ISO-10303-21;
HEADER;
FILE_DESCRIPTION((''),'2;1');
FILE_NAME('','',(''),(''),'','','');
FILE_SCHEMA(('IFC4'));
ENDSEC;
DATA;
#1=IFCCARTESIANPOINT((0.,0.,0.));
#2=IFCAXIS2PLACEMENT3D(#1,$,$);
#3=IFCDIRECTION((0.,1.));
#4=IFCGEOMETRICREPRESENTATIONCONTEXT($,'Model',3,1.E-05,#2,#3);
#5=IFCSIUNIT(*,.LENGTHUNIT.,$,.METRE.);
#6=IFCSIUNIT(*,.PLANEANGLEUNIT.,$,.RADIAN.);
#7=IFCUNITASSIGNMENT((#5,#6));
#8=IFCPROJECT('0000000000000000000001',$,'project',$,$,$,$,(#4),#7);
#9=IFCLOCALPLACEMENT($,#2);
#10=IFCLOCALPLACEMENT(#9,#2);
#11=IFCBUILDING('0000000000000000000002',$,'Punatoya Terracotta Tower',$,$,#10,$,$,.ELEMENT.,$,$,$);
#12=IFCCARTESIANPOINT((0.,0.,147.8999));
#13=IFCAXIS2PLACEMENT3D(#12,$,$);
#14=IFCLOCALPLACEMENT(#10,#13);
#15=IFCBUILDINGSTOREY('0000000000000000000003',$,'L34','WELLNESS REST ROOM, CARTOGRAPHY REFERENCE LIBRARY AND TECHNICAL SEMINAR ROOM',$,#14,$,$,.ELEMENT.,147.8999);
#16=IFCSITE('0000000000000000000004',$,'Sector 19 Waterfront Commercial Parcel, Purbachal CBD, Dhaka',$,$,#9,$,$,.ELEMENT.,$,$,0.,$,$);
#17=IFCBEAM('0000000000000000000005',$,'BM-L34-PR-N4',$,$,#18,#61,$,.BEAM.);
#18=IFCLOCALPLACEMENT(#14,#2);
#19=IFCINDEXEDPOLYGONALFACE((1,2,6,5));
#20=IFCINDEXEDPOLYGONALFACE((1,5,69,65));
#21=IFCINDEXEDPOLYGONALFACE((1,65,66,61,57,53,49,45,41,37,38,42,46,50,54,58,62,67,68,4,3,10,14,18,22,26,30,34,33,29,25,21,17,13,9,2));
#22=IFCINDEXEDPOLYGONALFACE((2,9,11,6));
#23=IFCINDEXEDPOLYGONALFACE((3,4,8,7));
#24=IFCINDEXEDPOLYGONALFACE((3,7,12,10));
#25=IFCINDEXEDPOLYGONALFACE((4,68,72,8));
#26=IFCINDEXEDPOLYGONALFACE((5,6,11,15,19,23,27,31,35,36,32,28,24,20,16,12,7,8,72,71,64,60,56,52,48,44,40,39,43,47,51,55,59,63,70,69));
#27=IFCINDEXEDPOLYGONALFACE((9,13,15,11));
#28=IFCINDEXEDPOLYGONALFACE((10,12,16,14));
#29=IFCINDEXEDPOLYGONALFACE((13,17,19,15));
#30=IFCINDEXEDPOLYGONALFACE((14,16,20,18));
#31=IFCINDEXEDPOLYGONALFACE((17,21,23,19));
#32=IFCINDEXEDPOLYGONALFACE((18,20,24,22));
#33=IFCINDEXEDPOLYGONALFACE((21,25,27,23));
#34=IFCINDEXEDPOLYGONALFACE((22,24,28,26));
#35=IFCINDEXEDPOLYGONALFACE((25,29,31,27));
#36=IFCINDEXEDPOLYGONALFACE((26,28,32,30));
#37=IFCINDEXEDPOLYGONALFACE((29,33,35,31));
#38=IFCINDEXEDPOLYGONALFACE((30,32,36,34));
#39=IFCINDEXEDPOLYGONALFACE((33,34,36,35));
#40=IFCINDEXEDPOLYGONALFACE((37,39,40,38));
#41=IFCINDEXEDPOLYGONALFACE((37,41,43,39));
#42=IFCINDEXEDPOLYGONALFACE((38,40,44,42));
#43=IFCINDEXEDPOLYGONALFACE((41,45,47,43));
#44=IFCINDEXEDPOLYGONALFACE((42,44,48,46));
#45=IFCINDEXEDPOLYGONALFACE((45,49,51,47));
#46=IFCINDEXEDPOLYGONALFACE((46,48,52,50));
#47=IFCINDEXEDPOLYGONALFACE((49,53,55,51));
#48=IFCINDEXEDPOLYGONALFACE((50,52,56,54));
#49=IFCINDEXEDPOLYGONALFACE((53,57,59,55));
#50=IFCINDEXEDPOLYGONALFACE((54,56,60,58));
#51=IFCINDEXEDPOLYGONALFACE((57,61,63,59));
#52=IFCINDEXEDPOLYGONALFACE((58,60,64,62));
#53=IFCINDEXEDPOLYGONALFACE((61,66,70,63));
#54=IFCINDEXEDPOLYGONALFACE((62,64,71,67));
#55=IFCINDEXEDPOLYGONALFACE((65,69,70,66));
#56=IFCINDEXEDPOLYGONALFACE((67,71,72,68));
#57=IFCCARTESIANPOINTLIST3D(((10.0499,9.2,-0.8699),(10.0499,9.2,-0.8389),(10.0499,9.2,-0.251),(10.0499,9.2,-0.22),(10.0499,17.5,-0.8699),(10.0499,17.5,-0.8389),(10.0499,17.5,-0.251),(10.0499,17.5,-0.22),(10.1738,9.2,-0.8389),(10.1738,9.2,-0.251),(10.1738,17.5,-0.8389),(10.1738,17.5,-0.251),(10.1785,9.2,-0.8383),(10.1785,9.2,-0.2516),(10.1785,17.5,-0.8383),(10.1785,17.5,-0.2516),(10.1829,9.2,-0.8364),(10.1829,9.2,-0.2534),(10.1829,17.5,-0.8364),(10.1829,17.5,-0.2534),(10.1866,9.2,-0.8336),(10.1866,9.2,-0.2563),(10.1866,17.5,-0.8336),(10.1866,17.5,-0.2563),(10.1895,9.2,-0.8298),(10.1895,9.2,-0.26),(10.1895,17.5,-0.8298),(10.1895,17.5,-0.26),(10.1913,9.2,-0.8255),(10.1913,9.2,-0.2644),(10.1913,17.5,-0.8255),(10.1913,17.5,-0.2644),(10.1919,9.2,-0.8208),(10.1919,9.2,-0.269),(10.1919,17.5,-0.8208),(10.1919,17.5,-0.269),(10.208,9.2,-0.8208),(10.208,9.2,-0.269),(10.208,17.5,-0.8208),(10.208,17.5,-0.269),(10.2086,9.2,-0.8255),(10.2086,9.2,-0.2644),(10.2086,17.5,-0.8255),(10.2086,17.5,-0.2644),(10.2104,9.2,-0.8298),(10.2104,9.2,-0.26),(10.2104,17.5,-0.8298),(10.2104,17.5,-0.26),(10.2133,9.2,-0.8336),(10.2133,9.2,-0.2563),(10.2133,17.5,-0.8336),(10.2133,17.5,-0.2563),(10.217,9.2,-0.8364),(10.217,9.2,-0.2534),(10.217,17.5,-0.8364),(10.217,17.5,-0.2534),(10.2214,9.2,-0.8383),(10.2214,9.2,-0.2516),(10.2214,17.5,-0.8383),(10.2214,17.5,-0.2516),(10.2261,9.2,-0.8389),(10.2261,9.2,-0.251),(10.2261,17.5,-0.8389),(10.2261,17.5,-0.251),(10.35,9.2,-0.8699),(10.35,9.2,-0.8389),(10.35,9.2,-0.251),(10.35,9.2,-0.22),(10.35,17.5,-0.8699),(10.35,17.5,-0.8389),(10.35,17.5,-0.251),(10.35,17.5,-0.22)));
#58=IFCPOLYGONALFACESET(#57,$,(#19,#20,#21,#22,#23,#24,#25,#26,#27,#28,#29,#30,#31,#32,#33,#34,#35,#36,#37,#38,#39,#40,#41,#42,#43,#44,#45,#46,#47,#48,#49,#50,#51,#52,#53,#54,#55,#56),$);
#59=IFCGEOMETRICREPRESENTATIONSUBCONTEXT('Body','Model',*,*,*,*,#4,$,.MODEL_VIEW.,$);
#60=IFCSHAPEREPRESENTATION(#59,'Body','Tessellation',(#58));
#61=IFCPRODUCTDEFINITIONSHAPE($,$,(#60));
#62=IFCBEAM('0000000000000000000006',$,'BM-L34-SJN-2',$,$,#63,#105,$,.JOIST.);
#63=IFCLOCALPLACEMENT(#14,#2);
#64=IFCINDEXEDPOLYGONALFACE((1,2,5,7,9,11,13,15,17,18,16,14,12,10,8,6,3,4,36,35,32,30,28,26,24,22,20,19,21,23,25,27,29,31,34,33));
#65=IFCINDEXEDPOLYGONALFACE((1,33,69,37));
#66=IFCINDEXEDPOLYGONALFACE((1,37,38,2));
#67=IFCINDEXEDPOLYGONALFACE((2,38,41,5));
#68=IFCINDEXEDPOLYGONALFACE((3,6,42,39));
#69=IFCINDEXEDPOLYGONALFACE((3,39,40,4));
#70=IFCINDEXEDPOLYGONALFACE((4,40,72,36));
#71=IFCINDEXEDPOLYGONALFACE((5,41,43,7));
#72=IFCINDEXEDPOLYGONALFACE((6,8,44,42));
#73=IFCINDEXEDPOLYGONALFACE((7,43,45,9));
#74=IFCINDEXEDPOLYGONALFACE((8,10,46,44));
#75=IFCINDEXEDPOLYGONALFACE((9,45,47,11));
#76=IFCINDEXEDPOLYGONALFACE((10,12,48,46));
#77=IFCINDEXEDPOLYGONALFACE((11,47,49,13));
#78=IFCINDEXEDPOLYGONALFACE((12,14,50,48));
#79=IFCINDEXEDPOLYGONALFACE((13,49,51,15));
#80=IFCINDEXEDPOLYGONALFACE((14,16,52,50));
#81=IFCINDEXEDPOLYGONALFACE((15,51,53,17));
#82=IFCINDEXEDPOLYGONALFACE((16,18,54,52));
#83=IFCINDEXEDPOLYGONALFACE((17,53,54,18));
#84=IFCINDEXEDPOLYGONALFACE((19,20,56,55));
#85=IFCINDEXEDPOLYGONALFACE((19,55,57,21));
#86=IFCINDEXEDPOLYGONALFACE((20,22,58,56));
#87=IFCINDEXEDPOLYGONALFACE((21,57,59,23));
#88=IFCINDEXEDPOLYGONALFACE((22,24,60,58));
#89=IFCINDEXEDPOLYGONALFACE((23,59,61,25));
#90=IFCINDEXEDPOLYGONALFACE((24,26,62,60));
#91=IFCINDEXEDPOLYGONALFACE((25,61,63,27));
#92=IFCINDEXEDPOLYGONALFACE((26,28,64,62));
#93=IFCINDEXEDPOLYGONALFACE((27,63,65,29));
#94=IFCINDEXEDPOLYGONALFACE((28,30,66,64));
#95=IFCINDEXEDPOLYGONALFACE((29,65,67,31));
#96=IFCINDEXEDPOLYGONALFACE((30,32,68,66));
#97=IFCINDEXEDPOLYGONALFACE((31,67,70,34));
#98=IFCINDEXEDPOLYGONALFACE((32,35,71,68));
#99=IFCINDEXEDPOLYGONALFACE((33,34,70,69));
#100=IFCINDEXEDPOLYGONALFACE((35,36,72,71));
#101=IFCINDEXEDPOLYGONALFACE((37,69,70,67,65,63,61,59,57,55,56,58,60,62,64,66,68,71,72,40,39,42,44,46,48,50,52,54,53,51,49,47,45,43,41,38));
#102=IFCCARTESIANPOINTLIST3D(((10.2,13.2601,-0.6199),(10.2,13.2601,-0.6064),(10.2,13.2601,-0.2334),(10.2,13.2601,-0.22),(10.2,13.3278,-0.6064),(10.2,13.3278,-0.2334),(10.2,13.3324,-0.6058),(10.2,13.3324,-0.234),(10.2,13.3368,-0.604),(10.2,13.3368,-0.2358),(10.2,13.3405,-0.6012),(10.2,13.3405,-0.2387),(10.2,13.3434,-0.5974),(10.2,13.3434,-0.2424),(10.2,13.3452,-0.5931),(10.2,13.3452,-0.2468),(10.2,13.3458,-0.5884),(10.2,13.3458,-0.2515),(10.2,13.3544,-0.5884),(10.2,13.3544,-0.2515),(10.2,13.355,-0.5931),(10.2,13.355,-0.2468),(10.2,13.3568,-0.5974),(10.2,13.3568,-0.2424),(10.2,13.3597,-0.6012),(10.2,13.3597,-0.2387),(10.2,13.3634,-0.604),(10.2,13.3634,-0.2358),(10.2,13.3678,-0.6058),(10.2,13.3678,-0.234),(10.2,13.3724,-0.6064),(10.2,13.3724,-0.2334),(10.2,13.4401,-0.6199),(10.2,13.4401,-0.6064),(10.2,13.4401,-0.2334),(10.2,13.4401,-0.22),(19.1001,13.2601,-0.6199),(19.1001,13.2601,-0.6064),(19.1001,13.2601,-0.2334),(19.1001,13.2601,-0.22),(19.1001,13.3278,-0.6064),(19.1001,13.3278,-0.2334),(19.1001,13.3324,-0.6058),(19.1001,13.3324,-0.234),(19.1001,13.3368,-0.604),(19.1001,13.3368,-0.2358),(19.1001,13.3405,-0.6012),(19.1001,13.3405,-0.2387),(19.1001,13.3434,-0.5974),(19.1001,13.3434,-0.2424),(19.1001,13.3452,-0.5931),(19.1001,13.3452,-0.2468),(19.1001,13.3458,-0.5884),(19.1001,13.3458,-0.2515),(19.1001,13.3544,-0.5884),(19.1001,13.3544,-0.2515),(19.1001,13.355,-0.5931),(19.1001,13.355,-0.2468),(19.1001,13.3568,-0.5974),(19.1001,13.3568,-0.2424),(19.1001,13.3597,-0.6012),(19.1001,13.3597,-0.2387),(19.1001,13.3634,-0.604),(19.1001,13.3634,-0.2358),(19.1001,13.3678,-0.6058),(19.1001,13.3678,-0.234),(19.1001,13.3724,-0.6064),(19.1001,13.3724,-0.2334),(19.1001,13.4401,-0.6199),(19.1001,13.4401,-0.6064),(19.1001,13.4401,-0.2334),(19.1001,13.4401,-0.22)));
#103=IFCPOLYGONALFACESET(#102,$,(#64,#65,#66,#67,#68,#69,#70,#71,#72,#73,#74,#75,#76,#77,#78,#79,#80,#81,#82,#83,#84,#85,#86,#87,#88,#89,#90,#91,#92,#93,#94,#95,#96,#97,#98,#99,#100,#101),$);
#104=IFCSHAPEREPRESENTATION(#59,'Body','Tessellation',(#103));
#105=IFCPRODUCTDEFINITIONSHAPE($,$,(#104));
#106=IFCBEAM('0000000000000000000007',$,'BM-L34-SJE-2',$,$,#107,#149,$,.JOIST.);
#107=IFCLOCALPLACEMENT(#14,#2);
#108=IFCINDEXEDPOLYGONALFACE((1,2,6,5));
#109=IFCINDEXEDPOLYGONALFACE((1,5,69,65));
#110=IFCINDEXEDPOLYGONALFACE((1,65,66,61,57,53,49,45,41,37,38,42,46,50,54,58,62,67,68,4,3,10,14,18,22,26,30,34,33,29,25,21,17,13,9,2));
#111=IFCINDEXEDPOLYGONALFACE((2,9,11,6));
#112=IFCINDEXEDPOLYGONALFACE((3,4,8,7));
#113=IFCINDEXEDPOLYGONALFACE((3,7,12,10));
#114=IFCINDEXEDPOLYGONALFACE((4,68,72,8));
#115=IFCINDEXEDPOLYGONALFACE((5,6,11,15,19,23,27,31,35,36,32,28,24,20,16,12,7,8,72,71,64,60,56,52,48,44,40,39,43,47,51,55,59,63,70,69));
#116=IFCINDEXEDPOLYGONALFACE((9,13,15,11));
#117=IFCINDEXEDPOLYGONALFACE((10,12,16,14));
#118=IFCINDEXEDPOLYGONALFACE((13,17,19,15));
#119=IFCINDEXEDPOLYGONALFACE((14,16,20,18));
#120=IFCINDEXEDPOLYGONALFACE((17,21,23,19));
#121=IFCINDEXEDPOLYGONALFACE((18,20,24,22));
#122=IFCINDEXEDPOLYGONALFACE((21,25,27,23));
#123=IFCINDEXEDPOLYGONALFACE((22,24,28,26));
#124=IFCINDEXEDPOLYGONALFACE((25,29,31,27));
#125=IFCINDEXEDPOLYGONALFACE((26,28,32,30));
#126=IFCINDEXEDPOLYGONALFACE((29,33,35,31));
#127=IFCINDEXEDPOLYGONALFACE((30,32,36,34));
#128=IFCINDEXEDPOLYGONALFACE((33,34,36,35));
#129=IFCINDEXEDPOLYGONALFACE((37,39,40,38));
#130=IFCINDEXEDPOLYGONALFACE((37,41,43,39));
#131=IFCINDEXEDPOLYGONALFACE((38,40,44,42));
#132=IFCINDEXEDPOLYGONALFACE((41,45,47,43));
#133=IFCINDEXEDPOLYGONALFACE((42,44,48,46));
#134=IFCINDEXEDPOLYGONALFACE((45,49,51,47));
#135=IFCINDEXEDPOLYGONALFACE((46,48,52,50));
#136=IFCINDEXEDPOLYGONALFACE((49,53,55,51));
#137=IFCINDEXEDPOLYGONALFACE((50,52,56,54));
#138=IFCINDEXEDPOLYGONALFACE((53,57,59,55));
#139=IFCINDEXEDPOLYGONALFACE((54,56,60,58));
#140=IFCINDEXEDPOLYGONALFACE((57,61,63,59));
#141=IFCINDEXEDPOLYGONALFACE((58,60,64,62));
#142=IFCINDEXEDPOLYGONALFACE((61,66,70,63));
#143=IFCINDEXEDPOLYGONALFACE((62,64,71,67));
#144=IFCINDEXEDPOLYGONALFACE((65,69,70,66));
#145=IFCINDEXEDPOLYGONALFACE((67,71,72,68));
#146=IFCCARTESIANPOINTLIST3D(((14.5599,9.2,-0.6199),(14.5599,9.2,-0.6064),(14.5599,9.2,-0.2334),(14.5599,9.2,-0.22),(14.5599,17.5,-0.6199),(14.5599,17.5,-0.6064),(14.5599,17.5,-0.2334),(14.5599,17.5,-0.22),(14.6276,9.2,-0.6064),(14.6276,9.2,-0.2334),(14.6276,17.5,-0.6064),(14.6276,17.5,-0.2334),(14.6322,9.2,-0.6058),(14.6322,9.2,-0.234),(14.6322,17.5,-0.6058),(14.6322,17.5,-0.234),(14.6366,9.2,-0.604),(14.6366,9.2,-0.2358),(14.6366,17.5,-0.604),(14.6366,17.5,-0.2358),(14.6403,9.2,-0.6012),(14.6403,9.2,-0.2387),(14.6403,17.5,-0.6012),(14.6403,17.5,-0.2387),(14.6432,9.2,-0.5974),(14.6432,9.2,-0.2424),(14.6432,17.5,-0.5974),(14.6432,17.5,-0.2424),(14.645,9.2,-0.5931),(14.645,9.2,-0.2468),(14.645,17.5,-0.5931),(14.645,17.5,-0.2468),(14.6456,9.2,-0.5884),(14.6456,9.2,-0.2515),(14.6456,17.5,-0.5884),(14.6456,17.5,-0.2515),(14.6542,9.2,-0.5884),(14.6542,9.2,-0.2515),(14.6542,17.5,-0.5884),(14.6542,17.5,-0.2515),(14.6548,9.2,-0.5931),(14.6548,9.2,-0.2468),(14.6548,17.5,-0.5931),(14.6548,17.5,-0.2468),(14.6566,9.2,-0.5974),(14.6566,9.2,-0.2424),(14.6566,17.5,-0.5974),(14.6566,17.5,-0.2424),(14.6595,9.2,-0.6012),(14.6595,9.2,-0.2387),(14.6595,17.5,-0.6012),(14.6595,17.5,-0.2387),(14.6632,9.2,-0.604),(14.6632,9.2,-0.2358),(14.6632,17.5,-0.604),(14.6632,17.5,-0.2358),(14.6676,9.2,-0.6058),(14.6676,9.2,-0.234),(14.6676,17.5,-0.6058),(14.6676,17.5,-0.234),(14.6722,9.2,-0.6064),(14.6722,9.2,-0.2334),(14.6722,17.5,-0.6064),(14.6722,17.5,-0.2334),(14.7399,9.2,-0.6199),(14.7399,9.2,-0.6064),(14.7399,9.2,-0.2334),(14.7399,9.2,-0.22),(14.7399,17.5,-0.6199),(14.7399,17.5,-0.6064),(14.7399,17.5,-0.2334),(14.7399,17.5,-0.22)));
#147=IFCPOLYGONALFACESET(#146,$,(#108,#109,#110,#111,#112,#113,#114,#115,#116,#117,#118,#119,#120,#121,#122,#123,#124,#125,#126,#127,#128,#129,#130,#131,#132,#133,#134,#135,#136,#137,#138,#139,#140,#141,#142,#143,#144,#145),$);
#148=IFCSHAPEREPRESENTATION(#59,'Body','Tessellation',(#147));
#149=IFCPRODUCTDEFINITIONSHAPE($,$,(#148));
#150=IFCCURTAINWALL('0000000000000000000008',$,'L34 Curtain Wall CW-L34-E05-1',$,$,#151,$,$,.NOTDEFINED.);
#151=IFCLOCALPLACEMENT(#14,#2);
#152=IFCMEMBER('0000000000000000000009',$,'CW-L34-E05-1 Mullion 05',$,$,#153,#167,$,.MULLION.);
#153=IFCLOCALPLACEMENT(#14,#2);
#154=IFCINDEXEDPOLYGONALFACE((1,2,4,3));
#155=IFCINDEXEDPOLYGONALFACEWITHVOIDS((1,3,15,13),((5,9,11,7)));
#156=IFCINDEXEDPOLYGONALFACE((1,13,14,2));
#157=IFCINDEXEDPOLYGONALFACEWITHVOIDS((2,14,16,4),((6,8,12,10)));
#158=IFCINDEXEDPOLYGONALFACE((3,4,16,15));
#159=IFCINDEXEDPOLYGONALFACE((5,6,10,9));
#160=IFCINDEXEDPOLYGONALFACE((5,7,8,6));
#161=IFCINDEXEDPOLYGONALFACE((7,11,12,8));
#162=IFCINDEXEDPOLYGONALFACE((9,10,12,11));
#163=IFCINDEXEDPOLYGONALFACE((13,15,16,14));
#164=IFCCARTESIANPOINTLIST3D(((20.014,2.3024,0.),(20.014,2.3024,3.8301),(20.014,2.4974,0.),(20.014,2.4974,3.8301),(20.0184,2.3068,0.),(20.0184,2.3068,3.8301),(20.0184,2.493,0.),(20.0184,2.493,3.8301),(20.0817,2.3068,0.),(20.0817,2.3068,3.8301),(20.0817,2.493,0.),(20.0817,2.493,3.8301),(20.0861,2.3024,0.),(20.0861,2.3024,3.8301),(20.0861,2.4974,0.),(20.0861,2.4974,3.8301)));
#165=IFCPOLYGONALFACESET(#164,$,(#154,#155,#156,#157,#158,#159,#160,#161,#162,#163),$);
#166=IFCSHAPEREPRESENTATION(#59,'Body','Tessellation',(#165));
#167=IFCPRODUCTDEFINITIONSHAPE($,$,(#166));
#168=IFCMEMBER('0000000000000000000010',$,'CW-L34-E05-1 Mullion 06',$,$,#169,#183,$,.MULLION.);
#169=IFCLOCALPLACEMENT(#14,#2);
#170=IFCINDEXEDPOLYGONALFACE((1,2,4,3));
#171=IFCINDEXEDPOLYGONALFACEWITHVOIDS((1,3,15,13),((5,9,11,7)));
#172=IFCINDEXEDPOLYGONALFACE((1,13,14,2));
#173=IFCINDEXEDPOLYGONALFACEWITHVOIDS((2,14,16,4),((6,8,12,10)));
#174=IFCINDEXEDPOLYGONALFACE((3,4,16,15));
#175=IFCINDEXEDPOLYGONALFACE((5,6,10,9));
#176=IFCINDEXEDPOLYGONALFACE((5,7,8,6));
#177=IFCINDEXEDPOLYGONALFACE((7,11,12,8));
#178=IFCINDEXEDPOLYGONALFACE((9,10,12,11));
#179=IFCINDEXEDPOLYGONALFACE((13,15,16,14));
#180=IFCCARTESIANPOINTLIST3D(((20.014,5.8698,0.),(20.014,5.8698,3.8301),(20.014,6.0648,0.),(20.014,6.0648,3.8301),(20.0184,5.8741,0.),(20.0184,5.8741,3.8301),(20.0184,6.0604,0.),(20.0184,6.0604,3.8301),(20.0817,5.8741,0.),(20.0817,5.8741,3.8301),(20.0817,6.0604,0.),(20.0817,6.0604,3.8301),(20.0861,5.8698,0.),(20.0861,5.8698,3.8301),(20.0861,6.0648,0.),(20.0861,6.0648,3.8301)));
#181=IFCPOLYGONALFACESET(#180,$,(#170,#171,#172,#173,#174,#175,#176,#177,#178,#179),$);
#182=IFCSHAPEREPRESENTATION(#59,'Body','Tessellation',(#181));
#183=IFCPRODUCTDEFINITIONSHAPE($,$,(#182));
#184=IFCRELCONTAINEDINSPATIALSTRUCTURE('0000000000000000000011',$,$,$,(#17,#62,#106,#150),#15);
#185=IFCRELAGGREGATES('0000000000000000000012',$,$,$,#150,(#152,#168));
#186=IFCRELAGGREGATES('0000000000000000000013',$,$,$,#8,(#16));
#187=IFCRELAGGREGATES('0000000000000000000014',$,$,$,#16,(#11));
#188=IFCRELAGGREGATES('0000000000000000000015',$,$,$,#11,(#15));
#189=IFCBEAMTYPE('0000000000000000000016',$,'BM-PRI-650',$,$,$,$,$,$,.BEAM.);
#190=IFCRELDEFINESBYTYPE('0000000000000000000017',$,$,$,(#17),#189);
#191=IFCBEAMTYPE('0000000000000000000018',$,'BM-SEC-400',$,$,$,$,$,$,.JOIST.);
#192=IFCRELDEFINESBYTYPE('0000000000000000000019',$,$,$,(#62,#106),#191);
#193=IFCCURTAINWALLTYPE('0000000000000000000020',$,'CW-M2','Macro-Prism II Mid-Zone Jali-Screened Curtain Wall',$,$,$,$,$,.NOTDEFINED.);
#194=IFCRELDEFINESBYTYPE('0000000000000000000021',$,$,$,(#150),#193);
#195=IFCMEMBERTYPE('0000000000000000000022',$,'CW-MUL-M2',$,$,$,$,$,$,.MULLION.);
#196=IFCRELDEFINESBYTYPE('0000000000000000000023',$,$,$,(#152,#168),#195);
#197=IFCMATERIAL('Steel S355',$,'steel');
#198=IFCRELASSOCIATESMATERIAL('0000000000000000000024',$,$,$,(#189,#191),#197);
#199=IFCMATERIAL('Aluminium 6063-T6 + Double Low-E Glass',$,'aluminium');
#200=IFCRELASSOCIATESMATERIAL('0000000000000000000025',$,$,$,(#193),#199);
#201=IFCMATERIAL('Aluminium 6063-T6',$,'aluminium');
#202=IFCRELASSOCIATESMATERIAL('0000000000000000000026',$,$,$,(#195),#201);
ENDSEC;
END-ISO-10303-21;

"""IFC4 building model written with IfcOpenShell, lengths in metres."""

from ifc_helpers import new_model, si_unit, direction, frame, origin, origin_2d, place, context, subcontext, project, spatial, hollow_rectangle, i_section, extrude, material, material_profile, profile_set, type_object, element, aggregate, save


model = new_model("IFC4")

# Units and contexts
model_context = context("Model", 3, precision=1e-05, world=origin(), true_north=direction((0.0, 1.0)))
body_context = subcontext(model_context, "Body", "Model", "MODEL_VIEW")
ifc_project = project(units=[si_unit("LENGTHUNIT", "METRE"), si_unit("PLANEANGLEUNIT", "RADIAN")], contexts=[model_context])

# Site, building, storey
site_placement = place(None, origin())
site = spatial("IfcSite", under=ifc_project, at=site_placement, Name="Sector 19 Waterfront Commercial Parcel, Purbachal CBD, Dhaka", CompositionType="ELEMENT", RefElevation=0.0)
building_placement = place(site_placement, origin())
building = spatial("IfcBuilding", under=site, at=building_placement, Name="Punatoya Terracotta Tower", CompositionType="ELEMENT")
storey_placement = place(building_placement, frame((0.0, 0.0, 147.8999)))
storey = spatial("IfcBuildingStorey", under=building, at=storey_placement, Name="L34", Description="WELLNESS REST ROOM, CARTOGRAPHY REFERENCE LIBRARY AND TECHNICAL SEMINAR ROOM", CompositionType="ELEMENT", Elevation=147.8999)

# Beams
ifc_material_1 = material(Name="Steel S355", Category="steel")
ifc_material_profile_1 = material_profile(ifc_material_1, i_section(OverallWidth=0.3, OverallDepth=0.6499, WebThickness=0.0161, FlangeThickness=0.031, FilletRadius=0.0181, at=origin_2d()))
ifc_profile_set_1 = profile_set([ifc_material_profile_1], Name="Steel S355")
beam_type_1 = type_object("IfcBeamType", Name="BM-PRI-650", PredefinedType="BEAM", material=ifc_profile_set_1)
beam_1_placement = place(storey_placement, frame((10.2, 9.2, -0.5449), z_axis=(0.0, 1.0, 0.0), x_axis=(-1.0, 0.0, 0.0)))
element("IfcBeam", 1, at=beam_1_placement, inside=storey, type_object=beam_type_1, Name="BM-L34-PR-N4", PredefinedType="BEAM", context=body_context, shape_type="SweptSolid", body=[
    extrude(i_section(OverallWidth=0.3, OverallDepth=0.6499, WebThickness=0.0161, FlangeThickness=0.031, FilletRadius=0.0181, at=origin_2d()), origin(), (0.0, 0.0, 1.0), 8.3),
])
ifc_material_profile_2 = material_profile(ifc_material_1, i_section(OverallWidth=0.1799, OverallDepth=0.3999, WebThickness=0.0085, FlangeThickness=0.0134, FilletRadius=0.0181, at=origin_2d()))
ifc_profile_set_2 = profile_set([ifc_material_profile_2], Name="Steel S355")
beam_type_2 = type_object("IfcBeamType", Name="BM-SEC-400", PredefinedType="JOIST", material=ifc_profile_set_2)
beam_2_placement = place(storey_placement, frame((10.2, 13.3501, -0.4199), z_axis=(1.0, 0.0, 0.0), x_axis=(0.0, 1.0, 0.0)))
element("IfcBeam", 2, at=beam_2_placement, inside=storey, type_object=beam_type_2, Name="BM-L34-SJN-2", PredefinedType="JOIST", context=body_context, shape_type="SweptSolid", body=[
    extrude(i_section(OverallWidth=0.1799, OverallDepth=0.3999, WebThickness=0.0085, FlangeThickness=0.0134, FilletRadius=0.0181, at=origin_2d()), origin(), (0.0, 0.0, 1.0), 8.9001),
])
beam_3_placement = place(storey_placement, frame((14.6499, 9.2, -0.4199), z_axis=(0.0, 1.0, 0.0), x_axis=(-1.0, 0.0, 0.0)))
element("IfcBeam", 3, at=beam_3_placement, inside=storey, type_object=beam_type_2, Name="BM-L34-SJE-2", PredefinedType="JOIST", context=body_context, shape_type="SweptSolid", body=[
    extrude(i_section(OverallWidth=0.1799, OverallDepth=0.3999, WebThickness=0.0085, FlangeThickness=0.0134, FilletRadius=0.0181, at=origin_2d()), origin(), (0.0, 0.0, 1.0), 8.3),
])

# Curtain wall, members
ifc_material_2 = material(Name="Aluminium 6063-T6 + Double Low-E Glass", Category="aluminium")
curtain_wall_type = type_object("IfcCurtainWallType", Name="CW-M2", Description="Macro-Prism II Mid-Zone Jali-Screened Curtain Wall", PredefinedType="NOTDEFINED", material=ifc_material_2)
curtain_wall_placement = place(storey_placement, origin())
curtain_wall = element("IfcCurtainWall", 4, at=curtain_wall_placement, inside=storey, type_object=curtain_wall_type, Name="L34 Curtain Wall CW-L34-E05-1", PredefinedType="NOTDEFINED")
ifc_material_3 = material(Name="Aluminium 6063-T6", Category="aluminium")
ifc_material_profile_3 = material_profile(ifc_material_3, hollow_rectangle(XDim=0.072, YDim=0.1951, WallThickness=0.0044, at=origin_2d()))
ifc_profile_set_3 = profile_set([ifc_material_profile_3], Name="Aluminium 6063-T6")
member_type = type_object("IfcMemberType", Name="CW-MUL-M2", PredefinedType="MULLION", material=ifc_profile_set_3)
member_1_placement = place(storey_placement, frame((20.05, 2.3999, 0.0), z_axis=(0.0, 0.0, 1.0), x_axis=(1.0, 0.0, 0.0)))
member_1 = element("IfcMember", 5, at=member_1_placement, type_object=member_type, Name="CW-L34-E05-1 Mullion 05", PredefinedType="MULLION", context=body_context, shape_type="SweptSolid", body=[
    extrude(hollow_rectangle(XDim=0.072, YDim=0.1951, WallThickness=0.0044, at=origin_2d()), origin(), (0.0, 0.0, 1.0), 3.8301),
])
member_2_placement = place(storey_placement, frame((20.05, 5.9673, 0.0), z_axis=(0.0, 0.0, 1.0), x_axis=(1.0, 0.0, 0.0)))
member_2 = element("IfcMember", 6, at=member_2_placement, type_object=member_type, Name="CW-L34-E05-1 Mullion 06", PredefinedType="MULLION", context=body_context, shape_type="SweptSolid", body=[
    extrude(hollow_rectangle(XDim=0.072, YDim=0.1951, WallThickness=0.0044, at=origin_2d()), origin(), (0.0, 0.0, 1.0), 3.8301),
])
aggregate(curtain_wall, [member_1, member_2])

save(model, "model.ifc")
